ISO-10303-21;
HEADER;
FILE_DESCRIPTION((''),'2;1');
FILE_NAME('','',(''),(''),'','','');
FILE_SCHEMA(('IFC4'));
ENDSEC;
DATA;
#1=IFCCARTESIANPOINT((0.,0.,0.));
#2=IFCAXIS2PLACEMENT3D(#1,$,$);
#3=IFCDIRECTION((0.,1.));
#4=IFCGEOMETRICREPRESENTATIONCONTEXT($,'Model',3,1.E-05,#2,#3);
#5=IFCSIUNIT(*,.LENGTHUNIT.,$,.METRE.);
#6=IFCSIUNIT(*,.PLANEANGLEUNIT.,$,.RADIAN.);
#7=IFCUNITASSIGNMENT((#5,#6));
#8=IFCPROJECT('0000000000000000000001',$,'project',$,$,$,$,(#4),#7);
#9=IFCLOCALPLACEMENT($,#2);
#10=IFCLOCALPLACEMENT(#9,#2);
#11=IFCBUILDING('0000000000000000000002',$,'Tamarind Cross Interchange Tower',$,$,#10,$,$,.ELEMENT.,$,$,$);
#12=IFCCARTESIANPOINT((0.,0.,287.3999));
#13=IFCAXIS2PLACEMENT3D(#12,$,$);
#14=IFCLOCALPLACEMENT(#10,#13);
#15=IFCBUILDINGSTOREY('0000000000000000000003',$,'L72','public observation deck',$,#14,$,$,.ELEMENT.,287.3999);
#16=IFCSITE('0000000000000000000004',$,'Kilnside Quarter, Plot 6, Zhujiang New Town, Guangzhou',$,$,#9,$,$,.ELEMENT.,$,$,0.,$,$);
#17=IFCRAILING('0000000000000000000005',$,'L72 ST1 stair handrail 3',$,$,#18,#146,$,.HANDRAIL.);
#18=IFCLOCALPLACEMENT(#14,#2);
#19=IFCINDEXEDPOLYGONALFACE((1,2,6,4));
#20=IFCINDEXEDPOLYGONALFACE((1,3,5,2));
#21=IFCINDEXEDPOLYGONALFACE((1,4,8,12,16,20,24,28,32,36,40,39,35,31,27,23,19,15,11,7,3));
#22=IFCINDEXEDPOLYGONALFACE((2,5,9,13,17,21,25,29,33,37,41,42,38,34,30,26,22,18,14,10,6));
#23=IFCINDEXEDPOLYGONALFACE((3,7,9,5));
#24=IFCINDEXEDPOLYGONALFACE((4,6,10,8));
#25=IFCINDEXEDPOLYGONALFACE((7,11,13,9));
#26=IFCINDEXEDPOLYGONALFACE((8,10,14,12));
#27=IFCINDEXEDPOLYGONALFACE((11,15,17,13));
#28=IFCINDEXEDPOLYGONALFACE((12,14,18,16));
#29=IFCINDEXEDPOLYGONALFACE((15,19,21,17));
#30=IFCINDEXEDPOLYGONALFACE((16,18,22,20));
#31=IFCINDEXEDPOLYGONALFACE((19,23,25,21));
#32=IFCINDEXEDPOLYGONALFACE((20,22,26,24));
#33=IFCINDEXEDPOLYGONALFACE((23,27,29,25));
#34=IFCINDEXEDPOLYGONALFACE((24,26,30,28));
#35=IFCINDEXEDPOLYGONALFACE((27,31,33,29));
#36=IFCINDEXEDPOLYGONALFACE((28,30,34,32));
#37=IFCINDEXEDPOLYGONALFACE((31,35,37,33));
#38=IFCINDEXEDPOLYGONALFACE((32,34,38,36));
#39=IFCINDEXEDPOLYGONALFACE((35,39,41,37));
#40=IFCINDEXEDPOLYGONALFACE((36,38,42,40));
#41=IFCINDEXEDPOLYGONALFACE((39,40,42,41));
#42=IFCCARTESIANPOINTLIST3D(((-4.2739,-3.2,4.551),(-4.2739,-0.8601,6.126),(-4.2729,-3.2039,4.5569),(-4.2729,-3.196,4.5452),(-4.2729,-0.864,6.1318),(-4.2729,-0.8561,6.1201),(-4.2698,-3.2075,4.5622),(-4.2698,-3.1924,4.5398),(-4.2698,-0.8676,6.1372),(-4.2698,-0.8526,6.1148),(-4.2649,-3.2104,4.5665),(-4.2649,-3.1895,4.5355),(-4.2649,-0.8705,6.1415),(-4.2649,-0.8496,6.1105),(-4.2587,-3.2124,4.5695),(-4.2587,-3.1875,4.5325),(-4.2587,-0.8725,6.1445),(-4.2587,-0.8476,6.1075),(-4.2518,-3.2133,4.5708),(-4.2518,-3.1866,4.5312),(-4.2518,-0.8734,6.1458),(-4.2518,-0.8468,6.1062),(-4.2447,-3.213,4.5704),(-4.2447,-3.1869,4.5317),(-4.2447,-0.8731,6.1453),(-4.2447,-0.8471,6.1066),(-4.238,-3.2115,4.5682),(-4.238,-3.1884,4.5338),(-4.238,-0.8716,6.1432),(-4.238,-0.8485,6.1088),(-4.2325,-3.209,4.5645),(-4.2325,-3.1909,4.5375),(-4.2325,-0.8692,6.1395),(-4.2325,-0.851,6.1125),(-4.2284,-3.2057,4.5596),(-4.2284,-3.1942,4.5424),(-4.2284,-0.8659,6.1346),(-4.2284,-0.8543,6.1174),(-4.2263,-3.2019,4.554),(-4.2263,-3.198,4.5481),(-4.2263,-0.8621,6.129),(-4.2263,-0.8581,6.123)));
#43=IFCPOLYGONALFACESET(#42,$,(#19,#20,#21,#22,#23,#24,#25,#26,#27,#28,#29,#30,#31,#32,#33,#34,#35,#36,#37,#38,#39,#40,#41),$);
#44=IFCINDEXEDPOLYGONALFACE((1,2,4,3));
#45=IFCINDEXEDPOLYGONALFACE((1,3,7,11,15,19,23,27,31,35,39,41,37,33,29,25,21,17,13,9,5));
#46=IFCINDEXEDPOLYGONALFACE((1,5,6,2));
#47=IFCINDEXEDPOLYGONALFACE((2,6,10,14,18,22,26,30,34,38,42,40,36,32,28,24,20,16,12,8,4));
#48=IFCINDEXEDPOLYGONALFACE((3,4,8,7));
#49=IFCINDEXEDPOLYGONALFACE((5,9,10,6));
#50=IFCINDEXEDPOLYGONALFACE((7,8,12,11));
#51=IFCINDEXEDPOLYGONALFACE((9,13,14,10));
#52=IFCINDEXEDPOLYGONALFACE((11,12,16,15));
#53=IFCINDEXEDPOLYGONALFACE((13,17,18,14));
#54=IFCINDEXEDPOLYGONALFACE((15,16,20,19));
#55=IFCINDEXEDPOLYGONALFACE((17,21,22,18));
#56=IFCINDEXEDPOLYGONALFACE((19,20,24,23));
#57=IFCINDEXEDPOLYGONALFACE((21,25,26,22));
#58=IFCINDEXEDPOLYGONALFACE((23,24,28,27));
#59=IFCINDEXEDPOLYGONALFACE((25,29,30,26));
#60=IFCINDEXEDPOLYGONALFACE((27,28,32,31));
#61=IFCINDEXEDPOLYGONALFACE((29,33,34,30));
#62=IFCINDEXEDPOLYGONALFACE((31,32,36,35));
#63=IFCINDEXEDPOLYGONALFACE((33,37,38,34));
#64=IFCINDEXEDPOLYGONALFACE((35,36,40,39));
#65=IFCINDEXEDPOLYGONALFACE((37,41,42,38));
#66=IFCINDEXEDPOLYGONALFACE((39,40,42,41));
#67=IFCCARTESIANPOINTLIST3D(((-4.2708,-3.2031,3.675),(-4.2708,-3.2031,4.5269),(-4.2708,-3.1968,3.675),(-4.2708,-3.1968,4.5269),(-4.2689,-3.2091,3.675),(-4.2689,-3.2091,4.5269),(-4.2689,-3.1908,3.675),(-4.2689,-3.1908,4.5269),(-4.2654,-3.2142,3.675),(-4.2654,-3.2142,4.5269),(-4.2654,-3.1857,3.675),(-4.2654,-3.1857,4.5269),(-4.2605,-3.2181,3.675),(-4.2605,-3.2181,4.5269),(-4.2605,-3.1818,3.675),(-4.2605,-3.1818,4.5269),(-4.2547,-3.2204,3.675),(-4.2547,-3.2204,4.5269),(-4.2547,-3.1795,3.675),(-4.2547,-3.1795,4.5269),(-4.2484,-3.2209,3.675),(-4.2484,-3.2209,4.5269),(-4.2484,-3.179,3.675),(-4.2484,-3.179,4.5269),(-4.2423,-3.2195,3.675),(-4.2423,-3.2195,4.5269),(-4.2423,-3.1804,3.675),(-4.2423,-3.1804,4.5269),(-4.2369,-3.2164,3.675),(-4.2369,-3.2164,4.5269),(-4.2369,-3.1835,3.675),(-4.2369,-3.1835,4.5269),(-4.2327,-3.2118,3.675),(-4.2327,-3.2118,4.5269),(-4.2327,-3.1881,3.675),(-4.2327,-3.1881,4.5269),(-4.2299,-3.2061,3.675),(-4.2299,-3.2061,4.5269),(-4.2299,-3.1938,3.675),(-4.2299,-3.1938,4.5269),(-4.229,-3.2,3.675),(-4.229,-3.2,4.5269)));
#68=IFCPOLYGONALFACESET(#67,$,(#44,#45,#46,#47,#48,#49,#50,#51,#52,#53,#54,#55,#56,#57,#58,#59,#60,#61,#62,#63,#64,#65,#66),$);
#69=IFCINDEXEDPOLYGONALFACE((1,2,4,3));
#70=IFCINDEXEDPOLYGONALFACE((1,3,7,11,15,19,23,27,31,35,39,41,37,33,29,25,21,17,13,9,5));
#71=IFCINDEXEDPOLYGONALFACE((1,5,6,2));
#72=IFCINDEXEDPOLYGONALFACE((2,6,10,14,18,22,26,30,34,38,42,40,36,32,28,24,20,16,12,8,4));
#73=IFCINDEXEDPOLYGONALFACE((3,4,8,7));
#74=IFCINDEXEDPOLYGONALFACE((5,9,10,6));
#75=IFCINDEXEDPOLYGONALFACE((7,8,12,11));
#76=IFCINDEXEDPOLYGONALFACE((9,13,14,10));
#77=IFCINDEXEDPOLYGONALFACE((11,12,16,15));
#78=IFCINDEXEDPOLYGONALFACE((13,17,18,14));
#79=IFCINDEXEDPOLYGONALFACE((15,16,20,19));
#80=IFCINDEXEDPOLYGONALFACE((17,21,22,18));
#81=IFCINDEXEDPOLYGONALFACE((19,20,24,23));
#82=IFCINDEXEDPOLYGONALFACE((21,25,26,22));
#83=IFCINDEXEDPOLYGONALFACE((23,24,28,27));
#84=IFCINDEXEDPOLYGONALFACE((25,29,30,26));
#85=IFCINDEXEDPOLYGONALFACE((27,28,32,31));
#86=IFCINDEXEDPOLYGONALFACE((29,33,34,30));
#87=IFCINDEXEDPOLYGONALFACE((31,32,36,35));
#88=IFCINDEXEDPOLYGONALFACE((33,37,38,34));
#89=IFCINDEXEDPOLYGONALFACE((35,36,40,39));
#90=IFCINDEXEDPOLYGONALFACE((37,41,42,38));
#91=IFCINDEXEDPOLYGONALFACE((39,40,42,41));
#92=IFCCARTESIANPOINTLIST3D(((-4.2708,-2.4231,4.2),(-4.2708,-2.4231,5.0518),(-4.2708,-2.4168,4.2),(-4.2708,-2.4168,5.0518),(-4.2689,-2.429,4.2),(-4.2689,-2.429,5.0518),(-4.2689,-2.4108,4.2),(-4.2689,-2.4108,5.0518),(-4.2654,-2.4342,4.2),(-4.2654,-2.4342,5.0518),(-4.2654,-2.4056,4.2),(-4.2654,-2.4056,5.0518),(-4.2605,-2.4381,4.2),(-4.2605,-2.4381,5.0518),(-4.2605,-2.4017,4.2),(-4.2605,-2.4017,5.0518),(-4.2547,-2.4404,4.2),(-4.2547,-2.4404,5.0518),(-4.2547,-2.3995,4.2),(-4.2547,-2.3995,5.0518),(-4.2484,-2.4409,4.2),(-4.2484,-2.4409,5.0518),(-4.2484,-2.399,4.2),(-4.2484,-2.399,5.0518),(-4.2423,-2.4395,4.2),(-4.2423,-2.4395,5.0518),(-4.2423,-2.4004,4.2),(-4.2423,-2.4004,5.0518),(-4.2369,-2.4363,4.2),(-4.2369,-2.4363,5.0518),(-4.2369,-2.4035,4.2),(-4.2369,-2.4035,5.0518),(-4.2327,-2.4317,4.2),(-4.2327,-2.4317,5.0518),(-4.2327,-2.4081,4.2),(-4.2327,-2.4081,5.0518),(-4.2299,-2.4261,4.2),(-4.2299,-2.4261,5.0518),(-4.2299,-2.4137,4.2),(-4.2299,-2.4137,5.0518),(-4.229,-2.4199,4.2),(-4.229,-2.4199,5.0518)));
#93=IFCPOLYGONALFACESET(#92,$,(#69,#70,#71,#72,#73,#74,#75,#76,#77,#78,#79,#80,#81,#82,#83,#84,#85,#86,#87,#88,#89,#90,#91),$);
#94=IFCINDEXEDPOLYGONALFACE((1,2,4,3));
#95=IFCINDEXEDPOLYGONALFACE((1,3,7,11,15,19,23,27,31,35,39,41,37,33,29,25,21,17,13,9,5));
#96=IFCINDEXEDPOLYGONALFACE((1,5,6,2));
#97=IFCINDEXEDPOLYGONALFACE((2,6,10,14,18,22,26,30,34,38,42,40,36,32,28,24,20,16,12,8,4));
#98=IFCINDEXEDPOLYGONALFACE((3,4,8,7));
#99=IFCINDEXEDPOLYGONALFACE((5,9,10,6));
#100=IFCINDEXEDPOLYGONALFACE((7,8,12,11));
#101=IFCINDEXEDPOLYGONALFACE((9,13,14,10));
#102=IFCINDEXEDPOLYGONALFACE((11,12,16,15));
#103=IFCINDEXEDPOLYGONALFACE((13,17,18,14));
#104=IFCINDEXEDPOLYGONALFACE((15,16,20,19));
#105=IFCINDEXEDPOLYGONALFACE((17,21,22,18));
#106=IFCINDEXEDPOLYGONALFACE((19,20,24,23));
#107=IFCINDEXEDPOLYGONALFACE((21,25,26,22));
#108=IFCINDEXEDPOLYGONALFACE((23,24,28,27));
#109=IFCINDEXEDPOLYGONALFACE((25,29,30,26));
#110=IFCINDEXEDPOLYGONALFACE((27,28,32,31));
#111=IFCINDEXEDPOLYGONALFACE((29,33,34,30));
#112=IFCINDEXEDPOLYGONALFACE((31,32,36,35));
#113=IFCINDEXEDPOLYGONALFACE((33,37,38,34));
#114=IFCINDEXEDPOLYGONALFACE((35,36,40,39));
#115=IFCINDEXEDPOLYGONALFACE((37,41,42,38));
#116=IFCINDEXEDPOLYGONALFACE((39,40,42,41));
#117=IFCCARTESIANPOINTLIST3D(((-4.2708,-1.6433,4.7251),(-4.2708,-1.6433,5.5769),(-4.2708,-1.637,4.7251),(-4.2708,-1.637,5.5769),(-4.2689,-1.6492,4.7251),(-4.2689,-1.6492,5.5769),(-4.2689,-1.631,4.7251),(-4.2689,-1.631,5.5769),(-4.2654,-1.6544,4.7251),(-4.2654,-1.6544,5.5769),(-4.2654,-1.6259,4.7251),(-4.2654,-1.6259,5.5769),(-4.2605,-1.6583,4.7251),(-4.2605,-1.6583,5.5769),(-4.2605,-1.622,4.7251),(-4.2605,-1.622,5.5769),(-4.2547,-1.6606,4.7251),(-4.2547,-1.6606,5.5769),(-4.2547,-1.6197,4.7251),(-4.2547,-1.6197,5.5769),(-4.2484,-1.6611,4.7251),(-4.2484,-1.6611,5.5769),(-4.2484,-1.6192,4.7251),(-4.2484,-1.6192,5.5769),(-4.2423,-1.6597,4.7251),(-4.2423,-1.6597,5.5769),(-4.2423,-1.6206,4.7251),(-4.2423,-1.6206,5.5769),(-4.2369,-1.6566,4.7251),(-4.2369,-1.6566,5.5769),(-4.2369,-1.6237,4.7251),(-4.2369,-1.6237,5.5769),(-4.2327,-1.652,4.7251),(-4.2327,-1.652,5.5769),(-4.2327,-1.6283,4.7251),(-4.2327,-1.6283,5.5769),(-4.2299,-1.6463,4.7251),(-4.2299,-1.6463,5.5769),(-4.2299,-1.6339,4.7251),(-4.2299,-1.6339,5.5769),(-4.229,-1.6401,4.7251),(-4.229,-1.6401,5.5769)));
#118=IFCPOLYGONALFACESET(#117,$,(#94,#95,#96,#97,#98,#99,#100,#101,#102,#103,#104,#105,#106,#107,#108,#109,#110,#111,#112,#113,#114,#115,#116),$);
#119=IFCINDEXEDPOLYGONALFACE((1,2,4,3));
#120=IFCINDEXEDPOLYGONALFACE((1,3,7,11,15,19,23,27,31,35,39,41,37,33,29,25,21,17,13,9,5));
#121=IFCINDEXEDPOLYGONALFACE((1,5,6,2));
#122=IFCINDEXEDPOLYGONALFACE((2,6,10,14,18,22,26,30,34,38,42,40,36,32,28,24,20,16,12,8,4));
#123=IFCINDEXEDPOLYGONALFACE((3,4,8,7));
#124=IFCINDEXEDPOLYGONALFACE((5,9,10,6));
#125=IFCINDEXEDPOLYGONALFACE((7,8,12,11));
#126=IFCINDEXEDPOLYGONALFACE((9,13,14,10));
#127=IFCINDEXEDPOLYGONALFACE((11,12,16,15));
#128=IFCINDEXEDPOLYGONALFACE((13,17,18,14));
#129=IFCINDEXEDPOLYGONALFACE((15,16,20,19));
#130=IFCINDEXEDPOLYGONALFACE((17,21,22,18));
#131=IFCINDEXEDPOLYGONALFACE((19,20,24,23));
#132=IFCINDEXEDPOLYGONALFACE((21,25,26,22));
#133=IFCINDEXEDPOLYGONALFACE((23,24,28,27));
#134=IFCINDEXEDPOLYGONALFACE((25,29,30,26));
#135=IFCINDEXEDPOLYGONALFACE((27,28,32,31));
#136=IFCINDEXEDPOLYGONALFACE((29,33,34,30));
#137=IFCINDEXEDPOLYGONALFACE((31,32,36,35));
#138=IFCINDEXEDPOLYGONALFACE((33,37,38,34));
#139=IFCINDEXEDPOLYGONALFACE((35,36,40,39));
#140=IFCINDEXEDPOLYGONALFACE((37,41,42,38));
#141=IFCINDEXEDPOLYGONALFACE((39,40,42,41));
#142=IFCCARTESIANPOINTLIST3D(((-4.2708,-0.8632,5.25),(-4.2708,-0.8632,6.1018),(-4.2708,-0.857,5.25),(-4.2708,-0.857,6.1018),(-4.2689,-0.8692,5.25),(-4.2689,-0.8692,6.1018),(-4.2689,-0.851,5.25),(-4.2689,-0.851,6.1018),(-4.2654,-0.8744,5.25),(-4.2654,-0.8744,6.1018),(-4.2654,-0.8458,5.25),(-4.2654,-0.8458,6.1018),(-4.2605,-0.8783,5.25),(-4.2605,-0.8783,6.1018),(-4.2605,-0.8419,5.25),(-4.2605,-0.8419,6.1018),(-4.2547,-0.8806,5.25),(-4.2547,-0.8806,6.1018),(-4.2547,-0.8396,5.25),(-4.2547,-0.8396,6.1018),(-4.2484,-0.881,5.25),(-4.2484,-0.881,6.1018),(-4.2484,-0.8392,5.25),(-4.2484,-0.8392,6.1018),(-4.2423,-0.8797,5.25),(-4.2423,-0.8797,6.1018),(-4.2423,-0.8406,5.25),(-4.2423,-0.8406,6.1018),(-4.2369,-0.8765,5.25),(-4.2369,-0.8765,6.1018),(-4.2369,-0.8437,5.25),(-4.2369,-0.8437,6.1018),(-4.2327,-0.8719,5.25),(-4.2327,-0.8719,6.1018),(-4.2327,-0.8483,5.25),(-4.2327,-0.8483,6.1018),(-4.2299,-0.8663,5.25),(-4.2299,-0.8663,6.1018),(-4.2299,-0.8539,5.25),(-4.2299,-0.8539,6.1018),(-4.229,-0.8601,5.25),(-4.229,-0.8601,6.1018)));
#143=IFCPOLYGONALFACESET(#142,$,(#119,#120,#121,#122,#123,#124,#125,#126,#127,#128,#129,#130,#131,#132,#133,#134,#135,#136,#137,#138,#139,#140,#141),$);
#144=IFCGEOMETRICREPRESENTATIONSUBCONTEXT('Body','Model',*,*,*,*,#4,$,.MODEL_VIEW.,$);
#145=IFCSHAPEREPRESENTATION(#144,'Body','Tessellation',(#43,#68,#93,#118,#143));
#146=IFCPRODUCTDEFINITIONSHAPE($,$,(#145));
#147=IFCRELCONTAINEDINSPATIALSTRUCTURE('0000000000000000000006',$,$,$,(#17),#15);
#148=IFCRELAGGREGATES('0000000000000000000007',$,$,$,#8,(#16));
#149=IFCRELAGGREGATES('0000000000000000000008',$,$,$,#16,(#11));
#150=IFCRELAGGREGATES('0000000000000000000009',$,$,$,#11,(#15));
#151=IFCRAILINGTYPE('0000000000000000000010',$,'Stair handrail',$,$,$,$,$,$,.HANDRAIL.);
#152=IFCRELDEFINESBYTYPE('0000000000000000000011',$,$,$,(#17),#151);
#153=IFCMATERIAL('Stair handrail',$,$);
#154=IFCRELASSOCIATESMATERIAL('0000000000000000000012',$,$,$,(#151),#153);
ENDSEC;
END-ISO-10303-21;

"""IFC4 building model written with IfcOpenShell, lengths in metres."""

from ifc_helpers import new_model, si_unit, direction, frame, origin, origin_2d, place, context, subcontext, project, spatial, circle, extrude, material, type_object, element, save


model = new_model("IFC4")

# Units and contexts
model_context = context("Model", 3, precision=1e-05, world=origin(), true_north=direction((0.0, 1.0)))
body_context = subcontext(model_context, "Body", "Model", "MODEL_VIEW")
ifc_project = project(units=[si_unit("LENGTHUNIT", "METRE"), si_unit("PLANEANGLEUNIT", "RADIAN")], contexts=[model_context])

# Site, building, storey
site_placement = place(None, origin())
site = spatial("IfcSite", under=ifc_project, at=site_placement, Name="Kilnside Quarter, Plot 6, Zhujiang New Town, Guangzhou", CompositionType="ELEMENT", RefElevation=0.0)
building_placement = place(site_placement, origin())
building = spatial("IfcBuilding", under=site, at=building_placement, Name="Tamarind Cross Interchange Tower", CompositionType="ELEMENT")
storey_placement = place(building_placement, frame((0.0, 0.0, 287.3999)))
storey = spatial("IfcBuildingStorey", under=building, at=storey_placement, Name="L72", Description="public observation deck", CompositionType="ELEMENT", Elevation=287.3999)

# Railing
ifc_material_1 = material(Name="Stair handrail")
railing_type_1 = type_object("IfcRailingType", Name="Stair handrail", PredefinedType="HANDRAIL", material=ifc_material_1)
railing_1_placement = place(storey_placement, frame((-4.25, -3.2, 3.675)))
element("IfcRailing", 1, at=railing_1_placement, inside=storey, type_object=railing_type_1, Name="L72 ST1 stair handrail 3", PredefinedType="HANDRAIL", context=body_context, shape_type="SweptSolid", body=[
    extrude(circle(Radius=0.0239, at=origin_2d()), frame((0.0, 0.0, 0.876), z_axis=(0.0, 0.829578, 0.55839), x_axis=(-1.0, 0.0, 0.0)), (0.0, 0.0, 1.0), 2.8206),
    extrude(circle(Radius=0.021, at=origin_2d()), origin(), (0.0, 0.0, 1.0), 0.8518),
    extrude(circle(Radius=0.021, at=origin_2d()), frame((0.0, 0.78, 0.5249)), (0.0, 0.0, 1.0), 0.8518),
    extrude(circle(Radius=0.021, at=origin_2d()), frame((0.0, 1.5598, 1.05)), (0.0, 0.0, 1.0), 0.8518),
    extrude(circle(Radius=0.021, at=origin_2d()), frame((0.0, 2.3398, 1.575)), (0.0, 0.0, 1.0), 0.8518),
])

save(model, "model.ifc")
